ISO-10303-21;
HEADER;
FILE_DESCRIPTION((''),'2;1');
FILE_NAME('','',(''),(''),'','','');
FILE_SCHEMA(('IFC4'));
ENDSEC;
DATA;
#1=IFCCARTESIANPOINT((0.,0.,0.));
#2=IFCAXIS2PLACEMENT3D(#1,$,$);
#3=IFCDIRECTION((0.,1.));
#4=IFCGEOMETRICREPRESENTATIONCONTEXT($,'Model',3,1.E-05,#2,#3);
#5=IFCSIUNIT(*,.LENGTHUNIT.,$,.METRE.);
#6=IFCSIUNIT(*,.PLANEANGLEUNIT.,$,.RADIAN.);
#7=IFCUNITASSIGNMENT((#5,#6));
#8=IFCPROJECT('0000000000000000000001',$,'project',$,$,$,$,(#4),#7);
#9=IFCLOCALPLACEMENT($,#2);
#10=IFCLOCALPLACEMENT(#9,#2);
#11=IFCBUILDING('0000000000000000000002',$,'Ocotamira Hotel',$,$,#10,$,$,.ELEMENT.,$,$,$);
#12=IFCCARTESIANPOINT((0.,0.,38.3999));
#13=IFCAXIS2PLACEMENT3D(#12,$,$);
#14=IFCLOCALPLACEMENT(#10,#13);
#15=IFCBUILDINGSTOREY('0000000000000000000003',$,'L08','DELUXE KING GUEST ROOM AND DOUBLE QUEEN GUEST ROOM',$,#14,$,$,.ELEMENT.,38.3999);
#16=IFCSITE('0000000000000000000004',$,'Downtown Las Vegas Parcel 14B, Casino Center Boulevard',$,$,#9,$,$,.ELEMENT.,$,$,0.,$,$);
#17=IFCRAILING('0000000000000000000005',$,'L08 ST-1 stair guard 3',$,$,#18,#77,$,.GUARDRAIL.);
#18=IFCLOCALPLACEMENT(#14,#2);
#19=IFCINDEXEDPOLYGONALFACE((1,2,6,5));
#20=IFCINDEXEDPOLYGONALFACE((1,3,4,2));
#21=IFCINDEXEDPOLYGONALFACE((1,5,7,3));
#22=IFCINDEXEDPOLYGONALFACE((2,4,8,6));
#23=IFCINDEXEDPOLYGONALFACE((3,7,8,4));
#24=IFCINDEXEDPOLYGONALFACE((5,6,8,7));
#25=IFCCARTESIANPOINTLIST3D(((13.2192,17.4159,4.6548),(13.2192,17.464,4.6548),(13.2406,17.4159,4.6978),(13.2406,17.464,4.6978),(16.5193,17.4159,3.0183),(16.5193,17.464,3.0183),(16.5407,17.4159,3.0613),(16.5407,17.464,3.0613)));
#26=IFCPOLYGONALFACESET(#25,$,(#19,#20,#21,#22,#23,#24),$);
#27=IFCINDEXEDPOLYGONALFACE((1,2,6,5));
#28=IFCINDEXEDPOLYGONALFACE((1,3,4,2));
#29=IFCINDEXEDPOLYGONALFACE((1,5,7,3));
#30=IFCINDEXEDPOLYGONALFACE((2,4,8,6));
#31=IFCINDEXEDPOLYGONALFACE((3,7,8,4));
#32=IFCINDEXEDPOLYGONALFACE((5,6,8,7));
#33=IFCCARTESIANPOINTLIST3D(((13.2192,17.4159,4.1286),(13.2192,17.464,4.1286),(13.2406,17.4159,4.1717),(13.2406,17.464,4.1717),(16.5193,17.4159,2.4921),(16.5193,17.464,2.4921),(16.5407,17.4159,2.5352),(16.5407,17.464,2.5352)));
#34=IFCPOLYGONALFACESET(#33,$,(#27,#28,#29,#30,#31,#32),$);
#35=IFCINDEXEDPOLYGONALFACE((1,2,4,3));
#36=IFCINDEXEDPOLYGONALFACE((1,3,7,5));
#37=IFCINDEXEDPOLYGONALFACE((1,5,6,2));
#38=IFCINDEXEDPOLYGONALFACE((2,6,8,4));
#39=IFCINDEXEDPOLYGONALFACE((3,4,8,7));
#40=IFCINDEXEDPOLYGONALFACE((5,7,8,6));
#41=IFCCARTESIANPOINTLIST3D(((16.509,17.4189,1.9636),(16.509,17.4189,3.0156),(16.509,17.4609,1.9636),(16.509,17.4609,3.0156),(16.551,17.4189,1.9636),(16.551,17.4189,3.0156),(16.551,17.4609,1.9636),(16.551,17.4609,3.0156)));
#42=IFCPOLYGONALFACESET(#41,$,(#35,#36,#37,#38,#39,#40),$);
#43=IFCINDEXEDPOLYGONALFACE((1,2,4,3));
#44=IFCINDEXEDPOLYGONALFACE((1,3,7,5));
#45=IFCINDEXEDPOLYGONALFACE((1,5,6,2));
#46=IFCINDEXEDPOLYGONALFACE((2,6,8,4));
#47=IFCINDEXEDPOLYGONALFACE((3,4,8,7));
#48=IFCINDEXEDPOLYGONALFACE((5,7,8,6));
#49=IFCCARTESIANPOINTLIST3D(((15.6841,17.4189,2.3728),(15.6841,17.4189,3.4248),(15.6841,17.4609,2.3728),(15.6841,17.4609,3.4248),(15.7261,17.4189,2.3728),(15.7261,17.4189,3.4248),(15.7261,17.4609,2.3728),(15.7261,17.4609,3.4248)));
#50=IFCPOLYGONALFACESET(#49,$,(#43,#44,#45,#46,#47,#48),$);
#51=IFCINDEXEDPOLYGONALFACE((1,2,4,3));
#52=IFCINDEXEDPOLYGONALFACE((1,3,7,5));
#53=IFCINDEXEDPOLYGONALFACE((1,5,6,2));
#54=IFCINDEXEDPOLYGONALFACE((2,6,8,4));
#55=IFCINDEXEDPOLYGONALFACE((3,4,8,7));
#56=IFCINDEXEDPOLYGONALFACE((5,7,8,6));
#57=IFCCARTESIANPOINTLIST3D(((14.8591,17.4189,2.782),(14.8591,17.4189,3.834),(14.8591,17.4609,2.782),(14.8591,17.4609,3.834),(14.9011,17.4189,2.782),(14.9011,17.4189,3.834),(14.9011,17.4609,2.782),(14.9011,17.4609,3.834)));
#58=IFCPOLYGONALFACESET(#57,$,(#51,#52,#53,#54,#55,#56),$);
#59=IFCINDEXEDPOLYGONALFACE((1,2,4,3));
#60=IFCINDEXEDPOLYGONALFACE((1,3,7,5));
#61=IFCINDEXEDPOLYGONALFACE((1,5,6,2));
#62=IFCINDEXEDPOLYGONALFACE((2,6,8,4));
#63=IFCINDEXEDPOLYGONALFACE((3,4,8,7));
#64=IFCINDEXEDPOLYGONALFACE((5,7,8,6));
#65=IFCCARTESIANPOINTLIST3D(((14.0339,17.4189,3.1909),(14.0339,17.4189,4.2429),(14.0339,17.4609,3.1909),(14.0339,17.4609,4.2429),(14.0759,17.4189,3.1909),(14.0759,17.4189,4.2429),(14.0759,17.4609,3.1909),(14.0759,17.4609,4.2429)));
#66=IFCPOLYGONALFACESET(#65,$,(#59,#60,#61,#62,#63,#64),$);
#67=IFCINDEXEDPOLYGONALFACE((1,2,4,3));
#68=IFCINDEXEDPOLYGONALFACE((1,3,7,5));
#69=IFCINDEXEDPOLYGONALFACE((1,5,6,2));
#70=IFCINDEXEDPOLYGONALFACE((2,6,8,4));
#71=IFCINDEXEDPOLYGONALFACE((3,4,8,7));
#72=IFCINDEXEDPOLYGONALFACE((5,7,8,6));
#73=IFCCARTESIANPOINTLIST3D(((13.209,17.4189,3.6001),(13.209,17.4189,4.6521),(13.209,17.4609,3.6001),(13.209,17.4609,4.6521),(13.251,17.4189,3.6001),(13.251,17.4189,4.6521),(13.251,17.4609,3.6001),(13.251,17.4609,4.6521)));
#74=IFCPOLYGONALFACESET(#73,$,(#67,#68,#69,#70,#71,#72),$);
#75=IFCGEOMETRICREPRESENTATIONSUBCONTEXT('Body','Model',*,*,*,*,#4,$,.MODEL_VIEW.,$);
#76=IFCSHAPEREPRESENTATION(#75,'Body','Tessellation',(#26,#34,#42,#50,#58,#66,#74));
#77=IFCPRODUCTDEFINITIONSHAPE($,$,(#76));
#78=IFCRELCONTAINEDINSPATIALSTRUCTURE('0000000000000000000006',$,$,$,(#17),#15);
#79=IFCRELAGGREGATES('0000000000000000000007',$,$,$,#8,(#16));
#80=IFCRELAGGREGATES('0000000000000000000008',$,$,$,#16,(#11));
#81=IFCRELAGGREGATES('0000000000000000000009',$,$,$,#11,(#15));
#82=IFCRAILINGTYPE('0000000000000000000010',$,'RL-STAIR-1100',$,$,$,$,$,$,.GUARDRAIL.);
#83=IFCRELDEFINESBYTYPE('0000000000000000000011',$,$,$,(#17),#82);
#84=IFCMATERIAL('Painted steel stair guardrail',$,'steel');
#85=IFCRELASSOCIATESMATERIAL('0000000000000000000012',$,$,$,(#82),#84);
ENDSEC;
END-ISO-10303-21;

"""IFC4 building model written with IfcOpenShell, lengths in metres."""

from ifc_helpers import new_model, si_unit, direction, frame, origin, origin_2d, place, context, subcontext, project, spatial, rectangle, extrude, material, type_object, element, save


model = new_model("IFC4")

# Units and contexts
model_context = context("Model", 3, precision=1e-05, world=origin(), true_north=direction((0.0, 1.0)))
body_context = subcontext(model_context, "Body", "Model", "MODEL_VIEW")
ifc_project = project(units=[si_unit("LENGTHUNIT", "METRE"), si_unit("PLANEANGLEUNIT", "RADIAN")], contexts=[model_context])

# Site, building, storey
site_placement = place(None, origin())
site = spatial("IfcSite", under=ifc_project, at=site_placement, Name="Downtown Las Vegas Parcel 14B, Casino Center Boulevard", CompositionType="ELEMENT", RefElevation=0.0)
building_placement = place(site_placement, origin())
building = spatial("IfcBuilding", under=site, at=building_placement, Name="Ocotamira Hotel", CompositionType="ELEMENT")
storey_placement = place(building_placement, frame((0.0, 0.0, 38.3999)))
storey = spatial("IfcBuildingStorey", under=building, at=storey_placement, Name="L08", Description="DELUXE KING GUEST ROOM AND DOUBLE QUEEN GUEST ROOM", CompositionType="ELEMENT", Elevation=38.3999)

# Railing
ifc_material_1 = material(Name="Painted steel stair guardrail", Category="steel")
railing_type_1 = type_object("IfcRailingType", Name="RL-STAIR-1100", PredefinedType="GUARDRAIL", material=ifc_material_1)
railing_1_placement = place(storey_placement, frame((16.53, 17.4399, 1.9636)))
element("IfcRailing", 1, at=railing_1_placement, inside=storey, type_object=railing_type_1, Name="L08 ST-1 stair guard 3", PredefinedType="GUARDRAIL", context=body_context, shape_type="SweptSolid", body=[
    extrude(rectangle(XDim=0.0481, YDim=0.0481, at=origin_2d()), frame((0.0, 0.0, 1.0762), z_axis=(-0.895894, 0.0, 0.444268), x_axis=(0.0, -1.0, 0.0)), (0.0, 0.0, 1.0), 3.6836),
    extrude(rectangle(XDim=0.0481, YDim=0.0481, at=origin_2d()), frame((0.0, 0.0, 0.55), z_axis=(-0.895894, 0.0, 0.444268), x_axis=(0.0, -1.0, 0.0)), (0.0, 0.0, 1.0), 3.6836),
    extrude(rectangle(XDim=0.042, YDim=0.042, at=origin_2d()), origin(), (0.0, 0.0, 1.0), 1.052),
    extrude(rectangle(XDim=0.042, YDim=0.042, at=origin_2d()), frame((-0.825, 0.0, 0.4092)), (0.0, 0.0, 1.0), 1.052),
    extrude(rectangle(XDim=0.042, YDim=0.042, at=origin_2d()), frame((-1.6499, 0.0, 0.8184)), (0.0, 0.0, 1.0), 1.052),
    extrude(rectangle(XDim=0.042, YDim=0.042, at=origin_2d()), frame((-2.4751, 0.0, 1.2273)), (0.0, 0.0, 1.0), 1.052),
    extrude(rectangle(XDim=0.042, YDim=0.042, at=origin_2d()), frame((-3.3, 0.0, 1.6365)), (0.0, 0.0, 1.0), 1.052),
])

save(model, "model.ifc")
